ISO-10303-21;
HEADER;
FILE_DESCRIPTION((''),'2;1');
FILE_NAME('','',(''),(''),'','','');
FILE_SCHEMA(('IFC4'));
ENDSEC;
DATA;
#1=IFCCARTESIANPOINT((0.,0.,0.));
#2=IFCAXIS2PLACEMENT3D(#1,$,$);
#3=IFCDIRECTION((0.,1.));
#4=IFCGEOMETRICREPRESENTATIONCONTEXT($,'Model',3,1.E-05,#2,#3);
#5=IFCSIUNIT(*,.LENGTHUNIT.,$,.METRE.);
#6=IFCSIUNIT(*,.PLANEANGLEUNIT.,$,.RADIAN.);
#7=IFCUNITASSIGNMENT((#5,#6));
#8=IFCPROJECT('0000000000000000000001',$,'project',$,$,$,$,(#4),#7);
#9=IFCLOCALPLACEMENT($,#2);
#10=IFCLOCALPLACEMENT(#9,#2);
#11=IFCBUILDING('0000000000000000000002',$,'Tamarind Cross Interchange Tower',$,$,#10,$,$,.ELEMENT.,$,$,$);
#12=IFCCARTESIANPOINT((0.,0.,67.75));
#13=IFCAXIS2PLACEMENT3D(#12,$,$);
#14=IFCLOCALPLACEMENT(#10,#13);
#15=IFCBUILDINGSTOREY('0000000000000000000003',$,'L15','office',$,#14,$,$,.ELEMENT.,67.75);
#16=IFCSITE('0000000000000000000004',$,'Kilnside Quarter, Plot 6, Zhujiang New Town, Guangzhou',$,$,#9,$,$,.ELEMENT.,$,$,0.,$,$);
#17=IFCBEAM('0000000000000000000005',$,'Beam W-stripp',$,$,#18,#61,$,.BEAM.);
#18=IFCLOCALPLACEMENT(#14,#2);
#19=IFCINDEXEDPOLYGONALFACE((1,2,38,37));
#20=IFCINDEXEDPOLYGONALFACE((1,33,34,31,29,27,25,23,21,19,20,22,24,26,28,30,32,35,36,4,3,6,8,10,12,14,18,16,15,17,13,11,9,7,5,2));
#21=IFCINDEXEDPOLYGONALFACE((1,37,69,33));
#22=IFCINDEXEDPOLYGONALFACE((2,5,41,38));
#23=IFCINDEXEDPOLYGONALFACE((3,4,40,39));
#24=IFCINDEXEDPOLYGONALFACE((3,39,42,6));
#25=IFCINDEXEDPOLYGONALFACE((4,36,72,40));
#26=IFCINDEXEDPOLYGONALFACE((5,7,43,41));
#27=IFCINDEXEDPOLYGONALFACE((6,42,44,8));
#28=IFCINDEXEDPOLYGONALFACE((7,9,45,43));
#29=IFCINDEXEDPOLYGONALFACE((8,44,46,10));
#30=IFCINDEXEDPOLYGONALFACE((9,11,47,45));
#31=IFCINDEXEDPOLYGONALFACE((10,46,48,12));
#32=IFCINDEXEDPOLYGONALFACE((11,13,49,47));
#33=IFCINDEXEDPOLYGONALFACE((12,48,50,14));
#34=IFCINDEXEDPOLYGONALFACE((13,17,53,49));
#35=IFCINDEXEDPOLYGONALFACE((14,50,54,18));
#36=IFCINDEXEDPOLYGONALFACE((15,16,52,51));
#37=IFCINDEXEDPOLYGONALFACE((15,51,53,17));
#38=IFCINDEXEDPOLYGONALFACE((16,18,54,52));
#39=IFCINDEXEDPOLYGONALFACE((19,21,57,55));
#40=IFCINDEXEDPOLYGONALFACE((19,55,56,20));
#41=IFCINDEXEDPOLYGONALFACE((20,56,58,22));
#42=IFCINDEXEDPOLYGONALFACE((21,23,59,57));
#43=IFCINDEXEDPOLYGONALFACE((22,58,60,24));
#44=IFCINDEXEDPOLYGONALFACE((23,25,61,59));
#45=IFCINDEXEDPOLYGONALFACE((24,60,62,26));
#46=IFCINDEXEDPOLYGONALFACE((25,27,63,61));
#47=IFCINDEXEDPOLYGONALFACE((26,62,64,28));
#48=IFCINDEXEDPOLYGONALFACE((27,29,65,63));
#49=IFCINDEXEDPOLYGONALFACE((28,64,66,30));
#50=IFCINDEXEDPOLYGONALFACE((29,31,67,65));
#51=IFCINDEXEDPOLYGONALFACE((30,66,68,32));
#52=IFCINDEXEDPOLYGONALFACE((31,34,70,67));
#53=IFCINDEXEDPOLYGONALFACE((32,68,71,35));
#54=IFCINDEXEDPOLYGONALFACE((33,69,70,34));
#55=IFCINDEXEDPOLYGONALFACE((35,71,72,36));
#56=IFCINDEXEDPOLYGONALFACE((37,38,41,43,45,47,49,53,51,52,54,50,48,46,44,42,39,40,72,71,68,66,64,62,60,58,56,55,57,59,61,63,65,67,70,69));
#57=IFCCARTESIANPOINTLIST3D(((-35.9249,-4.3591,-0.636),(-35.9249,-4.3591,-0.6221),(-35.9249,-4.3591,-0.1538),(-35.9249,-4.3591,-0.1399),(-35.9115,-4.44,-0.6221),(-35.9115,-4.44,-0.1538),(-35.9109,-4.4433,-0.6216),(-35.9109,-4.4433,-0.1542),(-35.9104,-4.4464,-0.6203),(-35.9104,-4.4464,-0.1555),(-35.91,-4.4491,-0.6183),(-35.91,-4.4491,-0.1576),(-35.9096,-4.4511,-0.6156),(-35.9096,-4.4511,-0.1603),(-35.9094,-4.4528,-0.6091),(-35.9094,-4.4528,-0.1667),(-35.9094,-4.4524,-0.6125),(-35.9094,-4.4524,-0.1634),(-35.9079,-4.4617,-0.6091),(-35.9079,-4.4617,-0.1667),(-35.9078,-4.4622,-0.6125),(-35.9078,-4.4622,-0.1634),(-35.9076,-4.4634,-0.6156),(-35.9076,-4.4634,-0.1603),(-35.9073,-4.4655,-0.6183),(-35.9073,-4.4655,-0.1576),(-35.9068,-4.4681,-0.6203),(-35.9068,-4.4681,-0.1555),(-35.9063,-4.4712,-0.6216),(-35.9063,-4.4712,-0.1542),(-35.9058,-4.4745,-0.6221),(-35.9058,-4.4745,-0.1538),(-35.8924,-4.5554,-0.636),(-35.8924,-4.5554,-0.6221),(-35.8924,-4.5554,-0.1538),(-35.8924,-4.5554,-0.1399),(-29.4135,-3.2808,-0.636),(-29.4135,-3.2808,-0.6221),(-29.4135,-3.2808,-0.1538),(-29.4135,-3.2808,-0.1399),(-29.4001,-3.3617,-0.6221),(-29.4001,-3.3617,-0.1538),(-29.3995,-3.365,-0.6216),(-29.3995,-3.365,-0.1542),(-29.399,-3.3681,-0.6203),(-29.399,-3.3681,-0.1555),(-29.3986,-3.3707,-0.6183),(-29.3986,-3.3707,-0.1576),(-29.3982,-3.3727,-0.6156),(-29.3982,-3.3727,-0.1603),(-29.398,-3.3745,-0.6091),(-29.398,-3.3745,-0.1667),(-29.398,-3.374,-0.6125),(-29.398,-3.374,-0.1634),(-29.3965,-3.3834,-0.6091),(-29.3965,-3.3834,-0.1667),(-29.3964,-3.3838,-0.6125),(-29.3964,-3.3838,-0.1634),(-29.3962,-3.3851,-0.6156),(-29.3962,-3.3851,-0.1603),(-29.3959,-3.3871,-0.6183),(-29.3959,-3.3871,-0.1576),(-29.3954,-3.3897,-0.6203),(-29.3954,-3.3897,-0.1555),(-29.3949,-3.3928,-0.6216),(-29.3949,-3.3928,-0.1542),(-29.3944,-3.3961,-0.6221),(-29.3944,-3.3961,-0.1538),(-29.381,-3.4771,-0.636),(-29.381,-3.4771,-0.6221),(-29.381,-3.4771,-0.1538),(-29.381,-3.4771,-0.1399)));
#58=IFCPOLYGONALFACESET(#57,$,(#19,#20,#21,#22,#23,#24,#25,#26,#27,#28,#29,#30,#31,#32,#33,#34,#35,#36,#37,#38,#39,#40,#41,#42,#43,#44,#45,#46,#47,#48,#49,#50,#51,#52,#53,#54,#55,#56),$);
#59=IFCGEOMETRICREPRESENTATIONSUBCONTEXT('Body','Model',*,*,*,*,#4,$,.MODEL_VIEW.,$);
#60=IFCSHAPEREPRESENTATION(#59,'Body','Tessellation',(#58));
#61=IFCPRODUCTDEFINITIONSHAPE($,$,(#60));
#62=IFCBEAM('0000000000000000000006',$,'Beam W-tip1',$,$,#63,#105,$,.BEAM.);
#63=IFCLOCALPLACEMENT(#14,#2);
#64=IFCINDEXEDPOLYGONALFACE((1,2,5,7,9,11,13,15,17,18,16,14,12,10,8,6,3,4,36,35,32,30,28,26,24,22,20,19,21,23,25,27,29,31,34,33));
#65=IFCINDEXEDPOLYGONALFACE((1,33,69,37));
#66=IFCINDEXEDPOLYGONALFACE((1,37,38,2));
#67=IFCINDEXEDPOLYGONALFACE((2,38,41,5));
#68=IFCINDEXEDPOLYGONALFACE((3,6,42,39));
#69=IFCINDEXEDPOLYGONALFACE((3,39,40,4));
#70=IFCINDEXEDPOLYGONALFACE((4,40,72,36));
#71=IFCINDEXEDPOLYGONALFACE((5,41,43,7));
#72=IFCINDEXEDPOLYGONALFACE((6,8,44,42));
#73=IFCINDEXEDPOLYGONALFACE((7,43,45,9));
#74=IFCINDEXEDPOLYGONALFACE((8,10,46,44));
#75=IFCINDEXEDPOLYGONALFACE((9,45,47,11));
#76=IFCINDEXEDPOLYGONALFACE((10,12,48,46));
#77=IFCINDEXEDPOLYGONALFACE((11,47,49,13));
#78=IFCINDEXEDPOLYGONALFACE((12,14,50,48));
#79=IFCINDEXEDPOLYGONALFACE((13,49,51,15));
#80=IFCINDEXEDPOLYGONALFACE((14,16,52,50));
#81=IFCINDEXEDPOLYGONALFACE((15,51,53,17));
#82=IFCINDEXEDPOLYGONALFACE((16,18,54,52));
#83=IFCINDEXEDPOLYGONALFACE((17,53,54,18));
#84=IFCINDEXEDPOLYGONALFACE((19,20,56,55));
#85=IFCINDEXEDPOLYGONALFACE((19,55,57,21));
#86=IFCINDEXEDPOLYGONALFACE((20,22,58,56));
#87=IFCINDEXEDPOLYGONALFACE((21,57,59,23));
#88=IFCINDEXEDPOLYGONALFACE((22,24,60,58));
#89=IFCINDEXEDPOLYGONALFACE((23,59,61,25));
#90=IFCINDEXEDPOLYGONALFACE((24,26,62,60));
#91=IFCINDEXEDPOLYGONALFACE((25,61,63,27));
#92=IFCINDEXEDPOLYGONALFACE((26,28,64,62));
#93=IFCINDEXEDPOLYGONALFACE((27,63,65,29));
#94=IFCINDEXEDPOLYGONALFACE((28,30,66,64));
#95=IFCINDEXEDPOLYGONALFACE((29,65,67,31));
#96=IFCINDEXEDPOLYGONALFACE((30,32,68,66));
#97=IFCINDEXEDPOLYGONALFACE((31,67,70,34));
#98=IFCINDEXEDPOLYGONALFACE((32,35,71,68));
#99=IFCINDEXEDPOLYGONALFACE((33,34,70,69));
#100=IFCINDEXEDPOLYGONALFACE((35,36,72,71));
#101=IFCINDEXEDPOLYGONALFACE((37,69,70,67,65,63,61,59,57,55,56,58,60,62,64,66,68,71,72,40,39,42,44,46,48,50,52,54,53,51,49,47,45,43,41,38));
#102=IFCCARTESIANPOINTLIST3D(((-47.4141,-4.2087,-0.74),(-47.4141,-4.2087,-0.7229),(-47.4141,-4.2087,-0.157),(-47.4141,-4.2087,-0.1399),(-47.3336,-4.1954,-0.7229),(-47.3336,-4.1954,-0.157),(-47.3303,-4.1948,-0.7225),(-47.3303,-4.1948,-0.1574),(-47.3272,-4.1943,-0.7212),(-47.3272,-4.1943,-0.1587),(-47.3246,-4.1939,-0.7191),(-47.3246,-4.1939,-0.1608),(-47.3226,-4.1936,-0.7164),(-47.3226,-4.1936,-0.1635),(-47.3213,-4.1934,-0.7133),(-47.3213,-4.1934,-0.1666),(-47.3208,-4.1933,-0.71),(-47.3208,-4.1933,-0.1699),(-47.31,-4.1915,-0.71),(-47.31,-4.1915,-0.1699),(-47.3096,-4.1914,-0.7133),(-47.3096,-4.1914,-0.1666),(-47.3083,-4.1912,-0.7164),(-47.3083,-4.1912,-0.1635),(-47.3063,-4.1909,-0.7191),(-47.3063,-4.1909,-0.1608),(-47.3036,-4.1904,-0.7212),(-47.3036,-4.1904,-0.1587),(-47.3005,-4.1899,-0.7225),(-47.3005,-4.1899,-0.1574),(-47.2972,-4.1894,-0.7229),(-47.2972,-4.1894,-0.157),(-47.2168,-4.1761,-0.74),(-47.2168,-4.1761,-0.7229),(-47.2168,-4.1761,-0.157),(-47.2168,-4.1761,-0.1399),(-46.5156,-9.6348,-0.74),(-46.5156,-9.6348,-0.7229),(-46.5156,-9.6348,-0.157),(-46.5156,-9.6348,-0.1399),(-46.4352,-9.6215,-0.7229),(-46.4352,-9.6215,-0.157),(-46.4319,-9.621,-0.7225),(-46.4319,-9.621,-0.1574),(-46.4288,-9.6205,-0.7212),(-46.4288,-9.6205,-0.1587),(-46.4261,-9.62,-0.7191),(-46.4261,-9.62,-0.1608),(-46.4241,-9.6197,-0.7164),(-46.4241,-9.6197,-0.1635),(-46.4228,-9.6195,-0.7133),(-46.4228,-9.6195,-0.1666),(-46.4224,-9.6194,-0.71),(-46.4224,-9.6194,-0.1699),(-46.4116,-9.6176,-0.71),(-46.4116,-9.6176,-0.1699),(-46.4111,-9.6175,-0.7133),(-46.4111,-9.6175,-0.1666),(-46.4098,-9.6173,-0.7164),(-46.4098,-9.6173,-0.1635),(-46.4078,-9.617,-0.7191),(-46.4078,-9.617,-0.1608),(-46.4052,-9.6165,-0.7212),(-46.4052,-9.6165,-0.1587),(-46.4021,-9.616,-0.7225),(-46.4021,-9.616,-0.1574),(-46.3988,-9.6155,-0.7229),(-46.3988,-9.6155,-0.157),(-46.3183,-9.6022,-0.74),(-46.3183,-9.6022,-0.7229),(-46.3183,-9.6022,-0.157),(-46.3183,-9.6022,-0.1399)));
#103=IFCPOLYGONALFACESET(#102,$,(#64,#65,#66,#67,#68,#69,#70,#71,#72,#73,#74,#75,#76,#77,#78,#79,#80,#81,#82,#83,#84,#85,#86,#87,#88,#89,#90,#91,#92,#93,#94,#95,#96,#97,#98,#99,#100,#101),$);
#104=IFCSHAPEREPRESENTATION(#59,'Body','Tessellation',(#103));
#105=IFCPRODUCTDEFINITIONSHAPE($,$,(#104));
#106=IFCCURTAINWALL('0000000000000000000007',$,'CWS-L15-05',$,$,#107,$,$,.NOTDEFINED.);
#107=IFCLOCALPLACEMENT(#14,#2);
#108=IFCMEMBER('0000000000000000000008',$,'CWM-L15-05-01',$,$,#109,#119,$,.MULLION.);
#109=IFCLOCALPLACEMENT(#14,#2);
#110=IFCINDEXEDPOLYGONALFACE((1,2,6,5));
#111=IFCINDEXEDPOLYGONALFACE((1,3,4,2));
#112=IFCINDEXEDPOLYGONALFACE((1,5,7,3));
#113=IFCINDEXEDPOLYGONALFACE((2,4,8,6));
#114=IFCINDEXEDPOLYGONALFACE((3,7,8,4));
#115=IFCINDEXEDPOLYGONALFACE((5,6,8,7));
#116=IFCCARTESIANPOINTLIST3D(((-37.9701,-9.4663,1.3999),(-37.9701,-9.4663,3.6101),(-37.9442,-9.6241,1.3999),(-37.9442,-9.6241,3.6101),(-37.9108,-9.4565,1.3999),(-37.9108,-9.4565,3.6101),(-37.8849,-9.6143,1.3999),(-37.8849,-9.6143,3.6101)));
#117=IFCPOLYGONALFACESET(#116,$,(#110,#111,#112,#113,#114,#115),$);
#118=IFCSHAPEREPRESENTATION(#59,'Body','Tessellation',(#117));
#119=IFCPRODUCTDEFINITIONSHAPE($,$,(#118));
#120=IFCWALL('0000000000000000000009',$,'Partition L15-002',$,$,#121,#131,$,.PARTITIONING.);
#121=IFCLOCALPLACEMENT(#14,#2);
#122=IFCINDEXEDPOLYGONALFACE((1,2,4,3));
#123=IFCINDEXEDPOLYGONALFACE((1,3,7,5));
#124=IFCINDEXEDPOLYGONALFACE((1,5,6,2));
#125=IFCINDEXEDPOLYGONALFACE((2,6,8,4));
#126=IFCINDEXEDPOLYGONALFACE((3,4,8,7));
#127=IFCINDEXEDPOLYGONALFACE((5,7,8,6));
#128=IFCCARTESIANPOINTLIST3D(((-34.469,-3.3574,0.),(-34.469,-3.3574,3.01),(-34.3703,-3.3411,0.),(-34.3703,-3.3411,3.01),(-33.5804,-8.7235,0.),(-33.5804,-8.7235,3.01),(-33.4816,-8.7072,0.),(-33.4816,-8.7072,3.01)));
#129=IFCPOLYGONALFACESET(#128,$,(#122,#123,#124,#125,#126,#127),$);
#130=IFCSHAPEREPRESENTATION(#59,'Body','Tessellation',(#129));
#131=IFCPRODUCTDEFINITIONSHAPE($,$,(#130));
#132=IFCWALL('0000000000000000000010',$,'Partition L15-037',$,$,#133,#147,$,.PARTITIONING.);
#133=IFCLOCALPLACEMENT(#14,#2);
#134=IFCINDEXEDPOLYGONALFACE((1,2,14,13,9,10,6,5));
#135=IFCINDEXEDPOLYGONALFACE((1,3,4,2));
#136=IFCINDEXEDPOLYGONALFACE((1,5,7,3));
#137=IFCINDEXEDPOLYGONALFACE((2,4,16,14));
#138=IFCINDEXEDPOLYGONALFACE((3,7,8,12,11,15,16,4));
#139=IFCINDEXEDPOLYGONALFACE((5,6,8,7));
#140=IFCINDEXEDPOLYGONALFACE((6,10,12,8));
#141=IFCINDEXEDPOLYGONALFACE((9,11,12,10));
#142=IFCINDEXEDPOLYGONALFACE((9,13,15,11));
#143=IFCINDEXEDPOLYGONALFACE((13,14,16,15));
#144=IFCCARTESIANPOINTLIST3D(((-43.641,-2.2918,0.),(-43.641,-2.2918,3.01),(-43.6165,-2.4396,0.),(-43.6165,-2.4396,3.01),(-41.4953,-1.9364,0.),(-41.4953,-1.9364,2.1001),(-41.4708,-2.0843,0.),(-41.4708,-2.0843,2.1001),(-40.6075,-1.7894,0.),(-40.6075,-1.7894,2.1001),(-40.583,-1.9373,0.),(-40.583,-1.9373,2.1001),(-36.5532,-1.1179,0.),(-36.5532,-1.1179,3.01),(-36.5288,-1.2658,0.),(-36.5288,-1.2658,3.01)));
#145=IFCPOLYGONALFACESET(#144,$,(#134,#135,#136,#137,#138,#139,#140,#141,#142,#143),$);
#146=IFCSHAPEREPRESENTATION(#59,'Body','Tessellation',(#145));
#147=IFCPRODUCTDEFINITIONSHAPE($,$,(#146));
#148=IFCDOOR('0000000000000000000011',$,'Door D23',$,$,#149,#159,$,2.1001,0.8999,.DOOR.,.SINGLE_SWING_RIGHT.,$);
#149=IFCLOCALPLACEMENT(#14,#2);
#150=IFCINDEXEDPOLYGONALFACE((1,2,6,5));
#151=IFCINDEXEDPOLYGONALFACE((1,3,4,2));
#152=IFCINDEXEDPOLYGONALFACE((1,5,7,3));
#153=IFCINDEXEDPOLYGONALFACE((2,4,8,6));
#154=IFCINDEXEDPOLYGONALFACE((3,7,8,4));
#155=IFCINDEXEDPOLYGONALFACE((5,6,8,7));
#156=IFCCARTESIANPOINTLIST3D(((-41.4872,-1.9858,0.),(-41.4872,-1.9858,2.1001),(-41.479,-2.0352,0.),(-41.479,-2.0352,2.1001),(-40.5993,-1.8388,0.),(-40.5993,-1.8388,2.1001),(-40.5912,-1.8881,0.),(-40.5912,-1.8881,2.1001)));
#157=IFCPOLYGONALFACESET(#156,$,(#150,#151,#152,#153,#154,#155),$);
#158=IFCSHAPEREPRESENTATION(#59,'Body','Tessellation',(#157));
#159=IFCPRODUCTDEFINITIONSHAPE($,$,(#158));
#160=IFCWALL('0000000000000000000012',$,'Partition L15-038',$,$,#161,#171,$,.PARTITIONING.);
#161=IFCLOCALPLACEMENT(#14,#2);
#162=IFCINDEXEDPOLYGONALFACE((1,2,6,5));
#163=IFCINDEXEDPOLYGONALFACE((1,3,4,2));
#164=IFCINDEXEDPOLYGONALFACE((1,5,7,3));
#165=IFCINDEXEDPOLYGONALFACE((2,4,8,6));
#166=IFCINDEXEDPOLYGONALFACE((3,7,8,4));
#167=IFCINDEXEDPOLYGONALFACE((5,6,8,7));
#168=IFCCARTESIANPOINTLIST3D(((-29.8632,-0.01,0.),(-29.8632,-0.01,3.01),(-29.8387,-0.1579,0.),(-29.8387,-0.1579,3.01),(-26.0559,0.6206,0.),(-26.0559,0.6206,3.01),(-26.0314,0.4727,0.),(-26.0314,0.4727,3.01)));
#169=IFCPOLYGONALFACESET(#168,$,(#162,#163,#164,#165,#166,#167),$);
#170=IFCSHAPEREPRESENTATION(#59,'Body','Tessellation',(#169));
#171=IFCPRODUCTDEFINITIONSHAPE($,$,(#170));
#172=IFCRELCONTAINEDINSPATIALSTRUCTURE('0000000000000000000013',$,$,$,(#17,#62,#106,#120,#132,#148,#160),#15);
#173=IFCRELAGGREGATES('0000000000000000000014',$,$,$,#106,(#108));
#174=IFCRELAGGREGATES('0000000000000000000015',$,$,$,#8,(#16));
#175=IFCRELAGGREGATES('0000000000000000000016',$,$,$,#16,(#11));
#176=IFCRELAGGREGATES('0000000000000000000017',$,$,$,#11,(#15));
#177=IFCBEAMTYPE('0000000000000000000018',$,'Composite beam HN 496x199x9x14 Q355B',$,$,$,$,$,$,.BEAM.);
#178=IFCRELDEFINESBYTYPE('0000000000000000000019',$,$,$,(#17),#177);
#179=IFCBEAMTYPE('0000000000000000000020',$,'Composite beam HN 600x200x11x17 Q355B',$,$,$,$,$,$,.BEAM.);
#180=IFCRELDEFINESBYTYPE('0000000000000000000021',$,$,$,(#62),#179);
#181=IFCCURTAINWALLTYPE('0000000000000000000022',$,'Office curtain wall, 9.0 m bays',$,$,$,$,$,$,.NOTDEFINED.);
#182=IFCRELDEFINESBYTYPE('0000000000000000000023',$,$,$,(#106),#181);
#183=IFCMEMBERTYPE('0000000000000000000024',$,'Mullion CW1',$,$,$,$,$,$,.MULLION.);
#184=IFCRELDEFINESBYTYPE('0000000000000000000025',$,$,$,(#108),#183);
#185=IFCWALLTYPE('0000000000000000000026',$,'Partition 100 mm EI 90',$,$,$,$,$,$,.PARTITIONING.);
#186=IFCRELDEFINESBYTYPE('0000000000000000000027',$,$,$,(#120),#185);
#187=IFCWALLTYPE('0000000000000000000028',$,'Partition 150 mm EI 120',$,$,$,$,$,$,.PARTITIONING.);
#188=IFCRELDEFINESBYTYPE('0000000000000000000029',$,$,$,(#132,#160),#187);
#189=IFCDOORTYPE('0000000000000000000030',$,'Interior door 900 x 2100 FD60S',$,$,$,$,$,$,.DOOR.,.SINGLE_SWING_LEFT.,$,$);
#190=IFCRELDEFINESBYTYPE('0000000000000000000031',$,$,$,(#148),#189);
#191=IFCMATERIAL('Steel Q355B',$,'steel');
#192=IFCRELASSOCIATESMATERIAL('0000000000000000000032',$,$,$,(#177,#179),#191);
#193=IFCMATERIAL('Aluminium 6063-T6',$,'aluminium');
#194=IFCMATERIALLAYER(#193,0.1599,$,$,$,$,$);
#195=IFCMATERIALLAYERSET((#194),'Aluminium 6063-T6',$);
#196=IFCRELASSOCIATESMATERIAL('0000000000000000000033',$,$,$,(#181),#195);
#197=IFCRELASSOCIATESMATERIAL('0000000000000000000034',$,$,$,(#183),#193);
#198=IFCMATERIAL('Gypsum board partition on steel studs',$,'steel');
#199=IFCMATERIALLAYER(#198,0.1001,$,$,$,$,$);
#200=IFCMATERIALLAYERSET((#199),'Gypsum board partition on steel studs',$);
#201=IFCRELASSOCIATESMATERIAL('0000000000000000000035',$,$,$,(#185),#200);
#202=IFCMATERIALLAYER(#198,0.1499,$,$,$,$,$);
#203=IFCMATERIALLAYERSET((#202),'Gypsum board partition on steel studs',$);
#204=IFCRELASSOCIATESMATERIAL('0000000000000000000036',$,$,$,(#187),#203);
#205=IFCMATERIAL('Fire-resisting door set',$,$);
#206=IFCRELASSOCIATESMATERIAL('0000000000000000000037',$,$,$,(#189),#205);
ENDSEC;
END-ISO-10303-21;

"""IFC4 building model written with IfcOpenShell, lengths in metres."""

from ifc_helpers import new_model, si_unit, direction, frame, frame_2d, origin, origin_2d, place, context, subcontext, project, spatial, rectangle, i_section, extrude, material, layer, layer_set, material_profile, profile_set, type_object, element, fill, aggregate, save


model = new_model("IFC4")

# Units and contexts
model_context = context("Model", 3, precision=1e-05, world=origin(), true_north=direction((0.0, 1.0)))
body_context = subcontext(model_context, "Body", "Model", "MODEL_VIEW")
ifc_project = project(units=[si_unit("LENGTHUNIT", "METRE"), si_unit("PLANEANGLEUNIT", "RADIAN")], contexts=[model_context])

# Site, building, storey
site_placement = place(None, origin())
site = spatial("IfcSite", under=ifc_project, at=site_placement, Name="Kilnside Quarter, Plot 6, Zhujiang New Town, Guangzhou", CompositionType="ELEMENT", RefElevation=0.0)
building_placement = place(site_placement, origin())
building = spatial("IfcBuilding", under=site, at=building_placement, Name="Tamarind Cross Interchange Tower", CompositionType="ELEMENT")
storey_placement = place(building_placement, frame((0.0, 0.0, 67.75)))
storey = spatial("IfcBuildingStorey", under=building, at=storey_placement, Name="L15", Description="office", CompositionType="ELEMENT", Elevation=67.75)

# Beams
ifc_material_1 = material(Name="Steel Q355B", Category="steel")
ifc_material_profile_1 = material_profile(ifc_material_1, i_section(OverallWidth=0.199, OverallDepth=0.4961, WebThickness=0.009, FlangeThickness=0.0139, FilletRadius=0.0129, at=origin_2d()), Name="HN 496x199x9x14")
ifc_profile_set_1 = profile_set([ifc_material_profile_1], Name="Steel Q355B")
beam_type_1 = type_object("IfcBeamType", Name="Composite beam HN 496x199x9x14 Q355B", PredefinedType="BEAM", material=ifc_profile_set_1)
beam_1_placement = place(storey_placement, frame((-29.3972, -3.3789, -0.3879), z_axis=(-0.986562, -0.163385, 0.0), x_axis=(0.163385, -0.986562, 0.0)))
element("IfcBeam", 1, at=beam_1_placement, inside=storey, type_object=beam_type_1, Name="Beam W-stripp", PredefinedType="BEAM", context=body_context, shape_type="SweptSolid", body=[
    extrude(i_section(OverallWidth=0.199, OverallDepth=0.4961, WebThickness=0.009, FlangeThickness=0.0139, FilletRadius=0.0129, at=origin_2d()), origin(), (0.0, 0.0, 1.0), 6.6001),
])
ifc_material_profile_2 = material_profile(ifc_material_1, i_section(OverallWidth=0.2, OverallDepth=0.6001, WebThickness=0.011, FlangeThickness=0.0171, FilletRadius=0.0129, at=origin_2d()), Name="HN 600x200x11x17")
ifc_profile_set_2 = profile_set([ifc_material_profile_2], Name="Steel Q355B")
beam_type_2 = type_object("IfcBeamType", Name="Composite beam HN 600x200x11x17 Q355B", PredefinedType="BEAM", material=ifc_profile_set_2)
beam_2_placement = place(storey_placement, frame((-47.3154, -4.1924, -0.4399), z_axis=(0.163355, -0.986567, 0.0), x_axis=(0.986567, 0.163355, 0.0)))
element("IfcBeam", 2, at=beam_2_placement, inside=storey, type_object=beam_type_2, Name="Beam W-tip1", PredefinedType="BEAM", context=body_context, shape_type="SweptSolid", body=[
    extrude(i_section(OverallWidth=0.2, OverallDepth=0.6001, WebThickness=0.011, FlangeThickness=0.0171, FilletRadius=0.0129, at=origin_2d()), origin(), (0.0, 0.0, 1.0), 5.5),
])

# Curtain wall, member
ifc_material_2 = material(Name="Aluminium 6063-T6", Category="aluminium")
ifc_layer_1 = layer(ifc_material_2, 0.1599)
ifc_layer_set_1 = layer_set([ifc_layer_1], Name="Aluminium 6063-T6")
curtain_wall_type = type_object("IfcCurtainWallType", Name="Office curtain wall, 9.0 m bays", PredefinedType="NOTDEFINED", material=ifc_layer_set_1)
curtain_wall_placement = place(storey_placement, origin())
curtain_wall = element("IfcCurtainWall", 3, at=curtain_wall_placement, inside=storey, type_object=curtain_wall_type, Name="CWS-L15-05", PredefinedType="NOTDEFINED")
ifc_material_profile_3 = material_profile(ifc_material_2, rectangle(XDim=0.0601, YDim=0.1599, at=origin_2d()), Name="Mullion CW1")
ifc_profile_set_3 = profile_set([ifc_material_profile_3], Name="Aluminium 6063-T6")
member_type = type_object("IfcMemberType", Name="Mullion CW1", PredefinedType="MULLION", material=ifc_profile_set_3)
member_placement = place(storey_placement, frame((-37.9275, -9.5403, 1.3999), z_axis=(0.0, 0.0, 1.0), x_axis=(0.986764, 0.162164, 0.0)))
member = element("IfcMember", 4, at=member_placement, type_object=member_type, Name="CWM-L15-05-01", PredefinedType="MULLION", context=body_context, shape_type="SweptSolid", body=[
    extrude(rectangle(XDim=0.0601, YDim=0.1599, at=origin_2d()), origin(), (0.0, 0.0, 1.0), 2.2102),
])
aggregate(curtain_wall, [member])

# Wall
ifc_material_3 = material(Name="Gypsum board partition on steel studs", Category="steel")
ifc_layer_2 = layer(ifc_material_3, 0.1001)
ifc_layer_set_2 = layer_set([ifc_layer_2], Name="Gypsum board partition on steel studs")
wall_type_1 = type_object("IfcWallType", Name="Partition 100 mm EI 90", PredefinedType="PARTITIONING", material=ifc_layer_set_2)
wall_1_placement = place(storey_placement, frame((-34.4197, -3.3491, 0.0), z_axis=(0.0, 0.0, 1.0), x_axis=(0.16338, -0.986563, 0.0)))
element("IfcWall", 5, at=wall_1_placement, inside=storey, type_object=wall_type_1, Name="Partition L15-002", PredefinedType="PARTITIONING", context=body_context, shape_type="SweptSolid", body=[
    extrude(rectangle(XDim=5.4392, YDim=0.1001, at=frame_2d((2.7197, 0.0))), origin(), (0.0, 0.0, 1.0), 3.01),
])

# Wall, opening, door
ifc_layer_3 = layer(ifc_material_3, 0.1499)
ifc_layer_set_3 = layer_set([ifc_layer_3], Name="Gypsum board partition on steel studs")
wall_type_2 = type_object("IfcWallType", Name="Partition 150 mm EI 120", PredefinedType="PARTITIONING", material=ifc_layer_set_3)
wall_2_placement = place(storey_placement, frame((-43.6289, -2.3657, 0.0), z_axis=(0.0, 0.0, 1.0), x_axis=(0.986562, 0.163385, 0.0)))
wall_2 = element("IfcWall", 6, at=wall_2_placement, inside=storey, type_object=wall_type_2, Name="Partition L15-037", PredefinedType="PARTITIONING", context=body_context, shape_type="SweptSolid", body=[
    extrude(rectangle(XDim=7.1843, YDim=0.1499, at=frame_2d((3.5923, 0.0))), origin(), (0.0, 0.0, 1.0), 3.01),
])
opening_1_placement = place(wall_2_placement, frame((2.175, 0.0, 0.0)))
opening_1 = element("IfcOpeningElement", 7, at=opening_1_placement, cuts=wall_2, PredefinedType="OPENING", context=body_context, shape_type="SweptSolid", body=[
    extrude(rectangle(XDim=0.8999, YDim=2.1001, at=frame_2d((0.45, 1.05))), frame((0.0, 0.085, 0.0), z_axis=(0.0, -1.0, 0.0), x_axis=(1.0, 0.0, 0.0)), (0.0, 0.0, 1.0), 0.1699),
])
ifc_material_4 = material(Name="Fire-resisting door set")
door_type = type_object("IfcDoorType", Name="Interior door 900 x 2100 FD60S", OperationType="SINGLE_SWING_LEFT", PredefinedType="DOOR", material=ifc_material_4)
door_1_placement = place(opening_1_placement, origin())
door_1 = element("IfcDoor", 8, at=door_1_placement, inside=storey, type_object=door_type, Name="Door D23", OperationType="SINGLE_SWING_RIGHT", OverallHeight=2.1001, OverallWidth=0.8999, PredefinedType="DOOR", context=body_context, shape_type="SweptSolid", body=[
    extrude(rectangle(XDim=0.8999, YDim=2.1001, at=frame_2d((0.45, 1.05))), frame((0.0, 0.0249, 0.0), z_axis=(0.0, -1.0, 0.0), x_axis=(1.0, 0.0, 0.0)), (0.0, 0.0, 1.0), 0.05),
])
fill(opening_1, door_1)

# Wall
wall_3_placement = place(storey_placement, frame((-29.8511, -0.084, 0.0), z_axis=(0.0, 0.0, 1.0), x_axis=(0.986559, 0.163404, 0.0)))
element("IfcWall", 9, at=wall_3_placement, inside=storey, type_object=wall_type_2, Name="Partition L15-038", PredefinedType="PARTITIONING", context=body_context, shape_type="SweptSolid", body=[
    extrude(rectangle(XDim=3.8591, YDim=0.1499, at=frame_2d((1.9297, 0.0))), origin(), (0.0, 0.0, 1.0), 3.01),
])

save(model, "model.ifc")
